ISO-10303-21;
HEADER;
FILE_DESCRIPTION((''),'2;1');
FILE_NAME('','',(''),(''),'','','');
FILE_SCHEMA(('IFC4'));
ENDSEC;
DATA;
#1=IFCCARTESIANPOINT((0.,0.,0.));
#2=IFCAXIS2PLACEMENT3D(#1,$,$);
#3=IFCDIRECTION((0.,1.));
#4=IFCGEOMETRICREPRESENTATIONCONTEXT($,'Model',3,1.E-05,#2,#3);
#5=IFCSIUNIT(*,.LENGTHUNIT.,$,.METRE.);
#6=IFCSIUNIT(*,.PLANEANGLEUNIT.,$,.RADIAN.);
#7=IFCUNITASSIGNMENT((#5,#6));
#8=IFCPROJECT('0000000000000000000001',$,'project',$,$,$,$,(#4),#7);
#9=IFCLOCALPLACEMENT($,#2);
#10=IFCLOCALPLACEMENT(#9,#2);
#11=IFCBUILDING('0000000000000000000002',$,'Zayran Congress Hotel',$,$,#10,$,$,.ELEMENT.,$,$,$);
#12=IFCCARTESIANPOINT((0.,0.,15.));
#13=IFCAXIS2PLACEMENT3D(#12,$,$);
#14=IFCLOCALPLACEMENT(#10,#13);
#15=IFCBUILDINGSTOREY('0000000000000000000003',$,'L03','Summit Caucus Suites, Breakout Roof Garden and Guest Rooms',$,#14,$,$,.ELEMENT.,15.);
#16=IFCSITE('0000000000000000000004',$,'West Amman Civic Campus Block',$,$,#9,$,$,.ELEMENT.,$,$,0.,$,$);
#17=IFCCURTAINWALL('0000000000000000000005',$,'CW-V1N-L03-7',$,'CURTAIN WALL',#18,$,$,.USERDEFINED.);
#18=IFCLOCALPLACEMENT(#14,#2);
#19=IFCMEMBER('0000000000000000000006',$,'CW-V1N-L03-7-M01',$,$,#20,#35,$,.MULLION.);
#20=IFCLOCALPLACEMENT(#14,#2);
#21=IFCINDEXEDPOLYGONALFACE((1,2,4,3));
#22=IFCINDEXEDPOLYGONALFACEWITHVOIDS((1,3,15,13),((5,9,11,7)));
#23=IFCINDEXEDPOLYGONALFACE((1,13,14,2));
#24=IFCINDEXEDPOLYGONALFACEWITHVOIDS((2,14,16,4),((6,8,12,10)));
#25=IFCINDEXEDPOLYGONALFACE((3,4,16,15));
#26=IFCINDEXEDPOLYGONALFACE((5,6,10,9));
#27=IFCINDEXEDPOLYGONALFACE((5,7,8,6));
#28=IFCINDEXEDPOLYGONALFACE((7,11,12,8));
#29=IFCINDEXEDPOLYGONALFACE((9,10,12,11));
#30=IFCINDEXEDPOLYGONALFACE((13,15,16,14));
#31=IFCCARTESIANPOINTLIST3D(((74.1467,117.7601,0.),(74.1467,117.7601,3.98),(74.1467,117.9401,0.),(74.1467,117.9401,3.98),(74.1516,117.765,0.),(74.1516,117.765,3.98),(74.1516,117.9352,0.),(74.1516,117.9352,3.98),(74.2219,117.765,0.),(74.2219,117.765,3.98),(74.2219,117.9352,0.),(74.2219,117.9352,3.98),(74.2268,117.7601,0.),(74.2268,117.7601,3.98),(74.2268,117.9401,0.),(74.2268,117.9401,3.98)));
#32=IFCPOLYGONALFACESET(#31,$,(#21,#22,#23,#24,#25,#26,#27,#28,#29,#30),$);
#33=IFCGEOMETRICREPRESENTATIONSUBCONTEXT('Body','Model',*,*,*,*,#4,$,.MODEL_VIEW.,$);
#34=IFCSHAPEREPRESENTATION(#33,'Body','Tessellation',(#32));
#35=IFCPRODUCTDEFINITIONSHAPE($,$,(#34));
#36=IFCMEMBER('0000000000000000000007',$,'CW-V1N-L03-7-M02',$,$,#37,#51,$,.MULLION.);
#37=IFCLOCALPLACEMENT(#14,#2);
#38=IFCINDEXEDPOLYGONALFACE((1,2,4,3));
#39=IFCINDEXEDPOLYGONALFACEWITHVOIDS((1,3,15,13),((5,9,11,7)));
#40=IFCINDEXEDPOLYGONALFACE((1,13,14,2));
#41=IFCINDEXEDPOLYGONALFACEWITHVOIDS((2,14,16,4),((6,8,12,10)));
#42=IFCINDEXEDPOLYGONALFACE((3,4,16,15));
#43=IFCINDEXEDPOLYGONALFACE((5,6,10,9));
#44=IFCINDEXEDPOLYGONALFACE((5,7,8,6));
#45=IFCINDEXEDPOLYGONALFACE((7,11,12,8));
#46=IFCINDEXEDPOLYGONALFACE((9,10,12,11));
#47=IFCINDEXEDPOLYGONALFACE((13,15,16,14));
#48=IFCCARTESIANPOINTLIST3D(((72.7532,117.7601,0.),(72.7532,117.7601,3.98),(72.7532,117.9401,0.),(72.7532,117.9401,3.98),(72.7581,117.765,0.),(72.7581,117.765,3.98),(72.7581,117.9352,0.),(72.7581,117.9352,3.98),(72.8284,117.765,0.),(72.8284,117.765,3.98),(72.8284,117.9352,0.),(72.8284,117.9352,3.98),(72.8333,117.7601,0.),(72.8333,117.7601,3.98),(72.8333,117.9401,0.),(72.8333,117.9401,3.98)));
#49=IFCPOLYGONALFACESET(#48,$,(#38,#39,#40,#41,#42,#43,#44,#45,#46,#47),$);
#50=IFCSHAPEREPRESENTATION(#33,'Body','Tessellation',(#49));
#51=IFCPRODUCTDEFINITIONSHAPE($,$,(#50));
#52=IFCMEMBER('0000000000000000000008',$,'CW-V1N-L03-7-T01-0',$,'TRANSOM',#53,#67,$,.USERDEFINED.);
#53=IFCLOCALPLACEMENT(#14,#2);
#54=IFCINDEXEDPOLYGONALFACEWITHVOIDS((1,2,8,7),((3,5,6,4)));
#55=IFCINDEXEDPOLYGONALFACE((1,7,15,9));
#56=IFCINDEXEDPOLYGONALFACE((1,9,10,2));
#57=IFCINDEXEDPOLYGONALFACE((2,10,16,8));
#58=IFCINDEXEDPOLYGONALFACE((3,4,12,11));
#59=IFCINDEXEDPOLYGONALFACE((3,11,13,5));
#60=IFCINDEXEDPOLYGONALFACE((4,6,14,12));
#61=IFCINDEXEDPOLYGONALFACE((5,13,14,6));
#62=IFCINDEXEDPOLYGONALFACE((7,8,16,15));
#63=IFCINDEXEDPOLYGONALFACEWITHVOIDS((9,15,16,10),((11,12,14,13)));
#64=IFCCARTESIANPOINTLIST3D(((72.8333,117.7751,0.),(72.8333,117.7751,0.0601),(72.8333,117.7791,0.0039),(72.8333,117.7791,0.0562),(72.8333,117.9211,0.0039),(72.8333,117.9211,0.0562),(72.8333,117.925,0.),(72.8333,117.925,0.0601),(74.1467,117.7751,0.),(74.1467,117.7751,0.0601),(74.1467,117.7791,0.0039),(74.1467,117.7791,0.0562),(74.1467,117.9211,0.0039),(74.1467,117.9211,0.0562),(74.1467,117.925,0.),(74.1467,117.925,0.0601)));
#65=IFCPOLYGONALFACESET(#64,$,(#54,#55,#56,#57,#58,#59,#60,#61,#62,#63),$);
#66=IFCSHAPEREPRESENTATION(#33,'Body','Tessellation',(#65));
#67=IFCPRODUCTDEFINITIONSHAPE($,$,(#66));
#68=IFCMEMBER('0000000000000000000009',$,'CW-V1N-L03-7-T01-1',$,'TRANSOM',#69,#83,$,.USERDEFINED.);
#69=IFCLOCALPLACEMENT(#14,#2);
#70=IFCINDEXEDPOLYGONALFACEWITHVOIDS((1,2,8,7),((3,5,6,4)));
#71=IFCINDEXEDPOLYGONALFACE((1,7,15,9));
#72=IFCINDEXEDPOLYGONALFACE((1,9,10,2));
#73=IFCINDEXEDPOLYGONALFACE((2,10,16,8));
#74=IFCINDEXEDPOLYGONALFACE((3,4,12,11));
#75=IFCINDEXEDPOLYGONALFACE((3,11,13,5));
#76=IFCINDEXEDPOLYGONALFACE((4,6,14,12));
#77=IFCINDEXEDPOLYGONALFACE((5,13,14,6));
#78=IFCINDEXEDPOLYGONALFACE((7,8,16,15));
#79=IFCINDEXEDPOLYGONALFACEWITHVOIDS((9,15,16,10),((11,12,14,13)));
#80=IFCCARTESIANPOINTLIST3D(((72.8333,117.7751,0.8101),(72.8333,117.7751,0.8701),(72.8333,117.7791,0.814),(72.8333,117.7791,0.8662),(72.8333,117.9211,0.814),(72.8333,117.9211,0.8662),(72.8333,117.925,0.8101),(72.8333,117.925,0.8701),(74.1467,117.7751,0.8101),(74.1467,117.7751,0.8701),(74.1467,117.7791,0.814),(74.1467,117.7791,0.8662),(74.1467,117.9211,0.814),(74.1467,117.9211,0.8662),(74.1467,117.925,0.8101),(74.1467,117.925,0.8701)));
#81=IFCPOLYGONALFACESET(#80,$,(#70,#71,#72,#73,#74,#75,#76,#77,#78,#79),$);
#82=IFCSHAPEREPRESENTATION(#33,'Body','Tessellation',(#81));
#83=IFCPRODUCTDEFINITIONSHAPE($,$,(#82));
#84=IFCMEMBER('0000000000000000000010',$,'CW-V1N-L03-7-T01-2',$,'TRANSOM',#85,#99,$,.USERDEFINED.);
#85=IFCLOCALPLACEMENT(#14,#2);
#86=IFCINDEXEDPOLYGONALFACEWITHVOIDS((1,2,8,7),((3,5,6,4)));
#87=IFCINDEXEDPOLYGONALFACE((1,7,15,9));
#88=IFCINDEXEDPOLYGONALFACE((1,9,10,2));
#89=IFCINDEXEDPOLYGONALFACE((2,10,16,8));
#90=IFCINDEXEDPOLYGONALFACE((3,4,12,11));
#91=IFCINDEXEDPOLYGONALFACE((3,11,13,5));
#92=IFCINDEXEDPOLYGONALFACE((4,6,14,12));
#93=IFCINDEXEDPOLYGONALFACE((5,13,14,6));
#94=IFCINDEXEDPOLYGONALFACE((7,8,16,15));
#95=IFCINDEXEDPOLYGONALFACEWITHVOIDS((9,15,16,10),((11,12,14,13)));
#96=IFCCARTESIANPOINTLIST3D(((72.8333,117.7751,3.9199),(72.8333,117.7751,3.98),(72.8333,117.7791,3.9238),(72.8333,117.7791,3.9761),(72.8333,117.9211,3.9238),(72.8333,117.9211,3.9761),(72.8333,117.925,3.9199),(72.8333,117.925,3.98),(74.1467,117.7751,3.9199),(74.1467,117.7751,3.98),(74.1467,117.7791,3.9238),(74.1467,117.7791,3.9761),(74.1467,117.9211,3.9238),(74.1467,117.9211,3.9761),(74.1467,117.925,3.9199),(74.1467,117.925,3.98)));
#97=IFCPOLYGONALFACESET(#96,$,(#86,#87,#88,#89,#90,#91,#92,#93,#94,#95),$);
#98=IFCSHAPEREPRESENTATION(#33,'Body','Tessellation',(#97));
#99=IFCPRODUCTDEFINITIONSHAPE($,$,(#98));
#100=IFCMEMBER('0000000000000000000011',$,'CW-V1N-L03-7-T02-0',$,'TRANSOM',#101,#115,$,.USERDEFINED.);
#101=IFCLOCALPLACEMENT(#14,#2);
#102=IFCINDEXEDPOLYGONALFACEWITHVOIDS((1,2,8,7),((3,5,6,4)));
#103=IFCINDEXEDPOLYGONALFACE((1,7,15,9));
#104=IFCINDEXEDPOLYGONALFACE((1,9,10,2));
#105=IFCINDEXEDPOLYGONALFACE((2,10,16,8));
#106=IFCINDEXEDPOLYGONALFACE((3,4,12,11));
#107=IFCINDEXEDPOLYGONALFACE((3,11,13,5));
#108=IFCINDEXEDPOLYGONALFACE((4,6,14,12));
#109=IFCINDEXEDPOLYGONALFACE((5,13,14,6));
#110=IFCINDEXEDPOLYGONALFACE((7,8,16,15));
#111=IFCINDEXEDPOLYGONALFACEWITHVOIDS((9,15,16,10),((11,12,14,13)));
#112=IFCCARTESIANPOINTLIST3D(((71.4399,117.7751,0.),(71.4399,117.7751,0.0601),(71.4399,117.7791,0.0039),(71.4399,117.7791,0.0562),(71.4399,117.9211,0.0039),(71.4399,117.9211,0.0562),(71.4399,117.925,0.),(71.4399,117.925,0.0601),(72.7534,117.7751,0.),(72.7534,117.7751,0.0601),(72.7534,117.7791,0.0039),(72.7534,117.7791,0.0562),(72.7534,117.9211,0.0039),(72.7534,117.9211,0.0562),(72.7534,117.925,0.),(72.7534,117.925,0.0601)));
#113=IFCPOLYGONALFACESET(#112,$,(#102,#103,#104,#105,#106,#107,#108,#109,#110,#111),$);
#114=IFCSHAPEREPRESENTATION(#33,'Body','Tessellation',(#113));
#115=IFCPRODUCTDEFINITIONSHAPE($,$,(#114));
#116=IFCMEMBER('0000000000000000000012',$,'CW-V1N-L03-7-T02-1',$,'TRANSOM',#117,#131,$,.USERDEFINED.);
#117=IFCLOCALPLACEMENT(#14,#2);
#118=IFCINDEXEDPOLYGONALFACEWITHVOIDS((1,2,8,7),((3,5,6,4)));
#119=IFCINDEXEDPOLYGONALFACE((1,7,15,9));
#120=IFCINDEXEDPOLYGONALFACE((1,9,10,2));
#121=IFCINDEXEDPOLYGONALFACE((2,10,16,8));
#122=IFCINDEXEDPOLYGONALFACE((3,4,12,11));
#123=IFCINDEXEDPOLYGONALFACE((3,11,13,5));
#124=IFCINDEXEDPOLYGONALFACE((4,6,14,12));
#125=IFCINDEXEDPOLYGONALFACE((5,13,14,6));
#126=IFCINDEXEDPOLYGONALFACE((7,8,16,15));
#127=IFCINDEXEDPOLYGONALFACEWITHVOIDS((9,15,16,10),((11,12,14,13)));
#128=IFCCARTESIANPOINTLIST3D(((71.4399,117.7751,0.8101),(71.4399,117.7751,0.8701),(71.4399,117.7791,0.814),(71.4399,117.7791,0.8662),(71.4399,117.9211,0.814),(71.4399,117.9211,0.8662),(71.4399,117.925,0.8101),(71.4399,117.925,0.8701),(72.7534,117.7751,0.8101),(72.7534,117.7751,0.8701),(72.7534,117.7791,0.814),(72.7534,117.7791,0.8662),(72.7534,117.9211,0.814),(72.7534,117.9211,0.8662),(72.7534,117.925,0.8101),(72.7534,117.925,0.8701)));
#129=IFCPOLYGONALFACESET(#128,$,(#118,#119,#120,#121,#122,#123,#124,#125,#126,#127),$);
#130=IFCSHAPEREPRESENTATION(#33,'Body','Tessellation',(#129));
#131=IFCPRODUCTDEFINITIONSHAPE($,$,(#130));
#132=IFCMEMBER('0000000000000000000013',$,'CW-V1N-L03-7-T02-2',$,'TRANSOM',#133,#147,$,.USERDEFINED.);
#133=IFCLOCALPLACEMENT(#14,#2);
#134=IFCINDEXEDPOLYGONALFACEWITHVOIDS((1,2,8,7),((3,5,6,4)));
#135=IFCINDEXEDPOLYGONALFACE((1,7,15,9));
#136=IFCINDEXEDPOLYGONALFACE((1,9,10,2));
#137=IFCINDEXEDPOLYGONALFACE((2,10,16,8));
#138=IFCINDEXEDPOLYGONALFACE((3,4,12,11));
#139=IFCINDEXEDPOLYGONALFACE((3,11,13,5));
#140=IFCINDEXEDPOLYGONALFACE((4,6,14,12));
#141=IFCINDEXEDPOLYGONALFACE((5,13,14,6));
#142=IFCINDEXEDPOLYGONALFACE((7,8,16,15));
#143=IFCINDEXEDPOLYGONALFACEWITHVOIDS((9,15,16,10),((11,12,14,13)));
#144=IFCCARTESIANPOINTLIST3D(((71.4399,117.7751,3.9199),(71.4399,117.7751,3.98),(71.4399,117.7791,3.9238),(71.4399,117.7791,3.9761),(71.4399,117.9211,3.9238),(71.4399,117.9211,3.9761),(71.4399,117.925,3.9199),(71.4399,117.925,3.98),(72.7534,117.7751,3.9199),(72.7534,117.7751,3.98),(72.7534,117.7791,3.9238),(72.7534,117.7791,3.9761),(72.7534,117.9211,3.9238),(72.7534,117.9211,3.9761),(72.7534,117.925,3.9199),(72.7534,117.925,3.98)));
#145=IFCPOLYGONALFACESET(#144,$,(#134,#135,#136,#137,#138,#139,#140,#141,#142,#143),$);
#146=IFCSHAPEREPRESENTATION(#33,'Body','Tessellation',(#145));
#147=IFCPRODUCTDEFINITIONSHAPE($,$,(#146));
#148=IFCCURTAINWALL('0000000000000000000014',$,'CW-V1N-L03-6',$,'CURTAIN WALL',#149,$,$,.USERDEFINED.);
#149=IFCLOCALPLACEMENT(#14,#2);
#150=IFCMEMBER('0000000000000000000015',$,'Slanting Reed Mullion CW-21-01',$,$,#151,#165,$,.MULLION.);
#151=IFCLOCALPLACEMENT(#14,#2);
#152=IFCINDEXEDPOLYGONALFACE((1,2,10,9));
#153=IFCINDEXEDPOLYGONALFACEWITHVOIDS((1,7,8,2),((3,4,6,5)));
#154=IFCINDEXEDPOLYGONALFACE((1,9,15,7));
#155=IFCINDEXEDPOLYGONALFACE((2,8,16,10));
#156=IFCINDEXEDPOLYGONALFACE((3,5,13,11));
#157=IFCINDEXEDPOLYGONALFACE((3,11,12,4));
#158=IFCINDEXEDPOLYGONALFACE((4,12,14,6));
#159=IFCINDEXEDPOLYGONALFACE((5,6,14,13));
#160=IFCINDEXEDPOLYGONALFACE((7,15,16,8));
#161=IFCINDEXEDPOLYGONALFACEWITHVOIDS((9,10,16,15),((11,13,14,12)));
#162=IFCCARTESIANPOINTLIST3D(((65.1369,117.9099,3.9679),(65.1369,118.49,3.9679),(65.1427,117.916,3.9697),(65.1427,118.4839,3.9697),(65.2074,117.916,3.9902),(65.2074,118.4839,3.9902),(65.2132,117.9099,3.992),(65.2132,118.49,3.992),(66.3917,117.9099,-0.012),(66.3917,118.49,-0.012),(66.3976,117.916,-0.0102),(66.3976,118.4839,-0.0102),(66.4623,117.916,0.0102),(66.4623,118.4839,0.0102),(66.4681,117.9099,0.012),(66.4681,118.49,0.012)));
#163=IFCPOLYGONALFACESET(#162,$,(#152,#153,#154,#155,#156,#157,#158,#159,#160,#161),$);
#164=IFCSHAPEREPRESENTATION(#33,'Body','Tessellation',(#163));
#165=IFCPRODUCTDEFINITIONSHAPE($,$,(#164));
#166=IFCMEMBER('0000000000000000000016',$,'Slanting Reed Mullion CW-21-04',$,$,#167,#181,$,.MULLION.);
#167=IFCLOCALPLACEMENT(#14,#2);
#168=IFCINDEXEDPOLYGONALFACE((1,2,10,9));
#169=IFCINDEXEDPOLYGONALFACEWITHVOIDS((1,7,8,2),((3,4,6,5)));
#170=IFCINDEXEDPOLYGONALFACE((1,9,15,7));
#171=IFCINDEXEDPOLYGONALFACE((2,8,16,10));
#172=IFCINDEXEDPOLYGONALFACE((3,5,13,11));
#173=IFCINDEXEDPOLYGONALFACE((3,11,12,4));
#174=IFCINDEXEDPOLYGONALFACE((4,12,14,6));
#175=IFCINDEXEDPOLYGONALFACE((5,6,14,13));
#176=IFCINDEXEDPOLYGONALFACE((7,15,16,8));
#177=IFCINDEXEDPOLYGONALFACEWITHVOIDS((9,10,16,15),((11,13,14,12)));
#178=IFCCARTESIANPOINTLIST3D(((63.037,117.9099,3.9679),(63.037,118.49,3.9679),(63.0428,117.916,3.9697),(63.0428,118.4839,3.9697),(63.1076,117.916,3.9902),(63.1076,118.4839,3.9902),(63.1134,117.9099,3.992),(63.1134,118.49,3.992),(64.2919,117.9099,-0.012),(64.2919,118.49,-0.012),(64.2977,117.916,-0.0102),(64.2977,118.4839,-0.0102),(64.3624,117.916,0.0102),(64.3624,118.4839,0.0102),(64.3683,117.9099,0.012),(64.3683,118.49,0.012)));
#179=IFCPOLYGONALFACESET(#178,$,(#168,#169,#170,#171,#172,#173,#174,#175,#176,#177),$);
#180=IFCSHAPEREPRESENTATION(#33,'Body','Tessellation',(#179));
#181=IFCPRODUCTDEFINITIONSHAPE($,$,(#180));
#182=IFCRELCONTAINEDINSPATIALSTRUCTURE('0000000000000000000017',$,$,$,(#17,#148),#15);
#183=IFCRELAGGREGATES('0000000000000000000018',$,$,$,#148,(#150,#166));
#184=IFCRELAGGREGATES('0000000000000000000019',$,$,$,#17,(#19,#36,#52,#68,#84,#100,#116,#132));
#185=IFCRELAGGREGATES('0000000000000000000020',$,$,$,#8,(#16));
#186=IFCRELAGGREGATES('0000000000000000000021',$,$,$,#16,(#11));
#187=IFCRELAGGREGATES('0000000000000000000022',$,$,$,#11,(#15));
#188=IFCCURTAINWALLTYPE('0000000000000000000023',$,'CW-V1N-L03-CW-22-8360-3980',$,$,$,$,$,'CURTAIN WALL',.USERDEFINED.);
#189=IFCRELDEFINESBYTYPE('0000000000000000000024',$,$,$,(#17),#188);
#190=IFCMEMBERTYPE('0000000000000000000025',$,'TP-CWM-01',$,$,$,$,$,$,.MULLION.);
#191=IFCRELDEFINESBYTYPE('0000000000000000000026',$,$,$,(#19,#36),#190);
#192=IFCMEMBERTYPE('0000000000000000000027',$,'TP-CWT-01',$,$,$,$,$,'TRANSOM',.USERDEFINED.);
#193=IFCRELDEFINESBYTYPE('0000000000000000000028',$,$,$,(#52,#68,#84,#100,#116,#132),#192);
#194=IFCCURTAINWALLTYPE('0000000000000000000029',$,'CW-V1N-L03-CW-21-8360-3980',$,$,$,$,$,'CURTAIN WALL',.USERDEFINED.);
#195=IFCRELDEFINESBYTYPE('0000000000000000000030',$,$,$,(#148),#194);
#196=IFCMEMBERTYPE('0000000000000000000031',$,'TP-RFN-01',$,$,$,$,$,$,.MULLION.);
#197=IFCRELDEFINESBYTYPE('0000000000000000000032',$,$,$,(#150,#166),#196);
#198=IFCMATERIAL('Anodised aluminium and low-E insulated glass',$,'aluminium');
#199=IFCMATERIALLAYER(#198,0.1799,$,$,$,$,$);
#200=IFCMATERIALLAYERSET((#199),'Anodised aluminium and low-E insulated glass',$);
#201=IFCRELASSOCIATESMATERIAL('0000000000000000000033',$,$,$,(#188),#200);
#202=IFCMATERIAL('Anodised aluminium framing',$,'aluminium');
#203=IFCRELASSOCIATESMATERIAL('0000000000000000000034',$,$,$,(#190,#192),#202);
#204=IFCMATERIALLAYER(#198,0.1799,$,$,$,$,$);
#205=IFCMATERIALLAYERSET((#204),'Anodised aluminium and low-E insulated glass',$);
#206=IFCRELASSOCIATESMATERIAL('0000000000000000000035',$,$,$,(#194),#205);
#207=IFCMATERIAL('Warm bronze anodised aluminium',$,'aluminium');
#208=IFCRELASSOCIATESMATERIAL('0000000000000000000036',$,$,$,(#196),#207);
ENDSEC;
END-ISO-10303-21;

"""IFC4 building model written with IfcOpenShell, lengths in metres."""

from ifc_helpers import new_model, si_unit, direction, frame, origin, origin_2d, place, context, subcontext, project, spatial, hollow_rectangle, extrude, material, layer, layer_set, material_profile, profile_set, type_object, element, aggregate, save


model = new_model("IFC4")

# Units and contexts
model_context = context("Model", 3, precision=1e-05, world=origin(), true_north=direction((0.0, 1.0)))
body_context = subcontext(model_context, "Body", "Model", "MODEL_VIEW")
ifc_project = project(units=[si_unit("LENGTHUNIT", "METRE"), si_unit("PLANEANGLEUNIT", "RADIAN")], contexts=[model_context])

# Site, building, storey
site_placement = place(None, origin())
site = spatial("IfcSite", under=ifc_project, at=site_placement, Name="West Amman Civic Campus Block", CompositionType="ELEMENT", RefElevation=0.0)
building_placement = place(site_placement, origin())
building = spatial("IfcBuilding", under=site, at=building_placement, Name="Zayran Congress Hotel", CompositionType="ELEMENT")
storey_placement = place(building_placement, frame((0.0, 0.0, 15.0)))
storey = spatial("IfcBuildingStorey", under=building, at=storey_placement, Name="L03", Description="Summit Caucus Suites, Breakout Roof Garden and Guest Rooms", CompositionType="ELEMENT", Elevation=15.0)

# Curtain walls, members
ifc_material_1 = material(Name="Anodised aluminium and low-E insulated glass", Category="aluminium")
ifc_layer_1 = layer(ifc_material_1, 0.1799)
ifc_layer_set_1 = layer_set([ifc_layer_1], Name="Anodised aluminium and low-E insulated glass")
curtain_wall_type_1 = type_object("IfcCurtainWallType", Name="CW-V1N-L03-CW-22-8360-3980", ElementType="CURTAIN WALL", PredefinedType="USERDEFINED", material=ifc_layer_set_1)
curtain_wall_1_placement = place(storey_placement, origin())
curtain_wall_1 = element("IfcCurtainWall", 1, at=curtain_wall_1_placement, inside=storey, type_object=curtain_wall_type_1, Name="CW-V1N-L03-7", ObjectType="CURTAIN WALL", PredefinedType="USERDEFINED")
ifc_material_2 = material(Name="Anodised aluminium framing", Category="aluminium")
ifc_material_profile_1 = material_profile(ifc_material_2, hollow_rectangle(XDim=0.0801, YDim=0.1799, WallThickness=0.0049, at=origin_2d()), Name="RHS 180x80x5")
ifc_profile_set_1 = profile_set([ifc_material_profile_1], Name="Anodised aluminium framing")
member_type_1 = type_object("IfcMemberType", Name="TP-CWM-01", PredefinedType="MULLION", material=ifc_profile_set_1)
member_1_placement = place(storey_placement, frame((74.1868, 117.8501, 0.0), z_axis=(0.0, 0.0, 1.0), x_axis=(1.0, 0.0, 0.0)))
member_1 = element("IfcMember", 2, at=member_1_placement, type_object=member_type_1, Name="CW-V1N-L03-7-M01", PredefinedType="MULLION", context=body_context, shape_type="SweptSolid", body=[
    extrude(hollow_rectangle(XDim=0.0801, YDim=0.1799, WallThickness=0.0049, at=origin_2d()), origin(), (0.0, 0.0, 1.0), 3.98),
])
member_2_placement = place(storey_placement, frame((72.7932, 117.8501, 0.0), z_axis=(0.0, 0.0, 1.0), x_axis=(1.0, 0.0, 0.0)))
member_2 = element("IfcMember", 3, at=member_2_placement, type_object=member_type_1, Name="CW-V1N-L03-7-M02", PredefinedType="MULLION", context=body_context, shape_type="SweptSolid", body=[
    extrude(hollow_rectangle(XDim=0.0801, YDim=0.1799, WallThickness=0.0049, at=origin_2d()), origin(), (0.0, 0.0, 1.0), 3.98),
])
ifc_material_profile_2 = material_profile(ifc_material_2, hollow_rectangle(XDim=0.0601, YDim=0.1499, WallThickness=0.0039, at=origin_2d()), Name="RHS 150x60x4")
ifc_profile_set_2 = profile_set([ifc_material_profile_2], Name="Anodised aluminium framing")
member_type_2 = type_object("IfcMemberType", Name="TP-CWT-01", ElementType="TRANSOM", PredefinedType="USERDEFINED", material=ifc_profile_set_2)
member_3_placement = place(storey_placement, frame((74.1467, 117.8501, 0.03), z_axis=(-1.0, 0.0, 0.0), x_axis=(0.0, 0.0, 1.0)))
member_3 = element("IfcMember", 4, at=member_3_placement, type_object=member_type_2, Name="CW-V1N-L03-7-T01-0", ObjectType="TRANSOM", PredefinedType="USERDEFINED", context=body_context, shape_type="SweptSolid", body=[
    extrude(hollow_rectangle(XDim=0.0601, YDim=0.1499, WallThickness=0.0039, at=origin_2d()), origin(), (0.0, 0.0, 1.0), 1.3135),
])
member_4_placement = place(storey_placement, frame((74.1467, 117.8501, 0.8401), z_axis=(-1.0, 0.0, 0.0), x_axis=(0.0, 0.0, 1.0)))
member_4 = element("IfcMember", 5, at=member_4_placement, type_object=member_type_2, Name="CW-V1N-L03-7-T01-1", ObjectType="TRANSOM", PredefinedType="USERDEFINED", context=body_context, shape_type="SweptSolid", body=[
    extrude(hollow_rectangle(XDim=0.0601, YDim=0.1499, WallThickness=0.0039, at=origin_2d()), origin(), (0.0, 0.0, 1.0), 1.3135),
])
member_5_placement = place(storey_placement, frame((74.1467, 117.8501, 3.95), z_axis=(-1.0, 0.0, 0.0), x_axis=(0.0, 0.0, 1.0)))
member_5 = element("IfcMember", 6, at=member_5_placement, type_object=member_type_2, Name="CW-V1N-L03-7-T01-2", ObjectType="TRANSOM", PredefinedType="USERDEFINED", context=body_context, shape_type="SweptSolid", body=[
    extrude(hollow_rectangle(XDim=0.0601, YDim=0.1499, WallThickness=0.0039, at=origin_2d()), origin(), (0.0, 0.0, 1.0), 1.3135),
])
member_6_placement = place(storey_placement, frame((72.7534, 117.8501, 0.03), z_axis=(-1.0, 0.0, 0.0), x_axis=(0.0, 0.0, 1.0)))
member_6 = element("IfcMember", 7, at=member_6_placement, type_object=member_type_2, Name="CW-V1N-L03-7-T02-0", ObjectType="TRANSOM", PredefinedType="USERDEFINED", context=body_context, shape_type="SweptSolid", body=[
    extrude(hollow_rectangle(XDim=0.0601, YDim=0.1499, WallThickness=0.0039, at=origin_2d()), origin(), (0.0, 0.0, 1.0), 1.3135),
])
member_7_placement = place(storey_placement, frame((72.7534, 117.8501, 0.8401), z_axis=(-1.0, 0.0, 0.0), x_axis=(0.0, 0.0, 1.0)))
member_7 = element("IfcMember", 8, at=member_7_placement, type_object=member_type_2, Name="CW-V1N-L03-7-T02-1", ObjectType="TRANSOM", PredefinedType="USERDEFINED", context=body_context, shape_type="SweptSolid", body=[
    extrude(hollow_rectangle(XDim=0.0601, YDim=0.1499, WallThickness=0.0039, at=origin_2d()), origin(), (0.0, 0.0, 1.0), 1.3135),
])
member_8_placement = place(storey_placement, frame((72.7534, 117.8501, 3.95), z_axis=(-1.0, 0.0, 0.0), x_axis=(0.0, 0.0, 1.0)))
member_8 = element("IfcMember", 9, at=member_8_placement, type_object=member_type_2, Name="CW-V1N-L03-7-T02-2", ObjectType="TRANSOM", PredefinedType="USERDEFINED", context=body_context, shape_type="SweptSolid", body=[
    extrude(hollow_rectangle(XDim=0.0601, YDim=0.1499, WallThickness=0.0039, at=origin_2d()), origin(), (0.0, 0.0, 1.0), 1.3135),
])
ifc_layer_2 = layer(ifc_material_1, 0.1799)
ifc_layer_set_2 = layer_set([ifc_layer_2], Name="Anodised aluminium and low-E insulated glass")
curtain_wall_type_2 = type_object("IfcCurtainWallType", Name="CW-V1N-L03-CW-21-8360-3980", ElementType="CURTAIN WALL", PredefinedType="USERDEFINED", material=ifc_layer_set_2)
curtain_wall_2_placement = place(storey_placement, origin())
curtain_wall_2 = element("IfcCurtainWall", 10, at=curtain_wall_2_placement, inside=storey, type_object=curtain_wall_type_2, Name="CW-V1N-L03-6", ObjectType="CURTAIN WALL", PredefinedType="USERDEFINED")
ifc_material_3 = material(Name="Warm bronze anodised aluminium", Category="aluminium")
ifc_material_profile_3 = material_profile(ifc_material_3, hollow_rectangle(XDim=0.0801, YDim=0.5801, WallThickness=0.0061, at=origin_2d()), Name="RHS 580x80x6")
ifc_profile_set_3 = profile_set([ifc_material_profile_3], Name="Warm bronze anodised aluminium")
member_type_3 = type_object("IfcMemberType", Name="TP-RFN-01", PredefinedType="MULLION", material=ifc_profile_set_3)
member_9_placement = place(storey_placement, frame((66.4299, 118.2, 0.0), z_axis=(-0.300706, 0.0, 0.953717), x_axis=(0.953717, 0.0, 0.300706)))
member_9 = element("IfcMember", 11, at=member_9_placement, type_object=member_type_3, Name="Slanting Reed Mullion CW-21-01", PredefinedType="MULLION", context=body_context, shape_type="SweptSolid", body=[
    extrude(hollow_rectangle(XDim=0.0801, YDim=0.5801, WallThickness=0.0061, at=origin_2d()), origin(), (0.0, 0.0, 1.0), 4.1731),
])
member_10_placement = place(storey_placement, frame((64.3301, 118.2, 0.0), z_axis=(-0.300706, 0.0, 0.953717), x_axis=(0.953717, 0.0, 0.300706)))
member_10 = element("IfcMember", 12, at=member_10_placement, type_object=member_type_3, Name="Slanting Reed Mullion CW-21-04", PredefinedType="MULLION", context=body_context, shape_type="SweptSolid", body=[
    extrude(hollow_rectangle(XDim=0.0801, YDim=0.5801, WallThickness=0.0061, at=origin_2d()), origin(), (0.0, 0.0, 1.0), 4.1731),
])

aggregate(curtain_wall_2, [member_9, member_10])

aggregate(curtain_wall_1, [member_1, member_2, member_3, member_4, member_5, member_6, member_7, member_8])

save(model, "model.ifc")
